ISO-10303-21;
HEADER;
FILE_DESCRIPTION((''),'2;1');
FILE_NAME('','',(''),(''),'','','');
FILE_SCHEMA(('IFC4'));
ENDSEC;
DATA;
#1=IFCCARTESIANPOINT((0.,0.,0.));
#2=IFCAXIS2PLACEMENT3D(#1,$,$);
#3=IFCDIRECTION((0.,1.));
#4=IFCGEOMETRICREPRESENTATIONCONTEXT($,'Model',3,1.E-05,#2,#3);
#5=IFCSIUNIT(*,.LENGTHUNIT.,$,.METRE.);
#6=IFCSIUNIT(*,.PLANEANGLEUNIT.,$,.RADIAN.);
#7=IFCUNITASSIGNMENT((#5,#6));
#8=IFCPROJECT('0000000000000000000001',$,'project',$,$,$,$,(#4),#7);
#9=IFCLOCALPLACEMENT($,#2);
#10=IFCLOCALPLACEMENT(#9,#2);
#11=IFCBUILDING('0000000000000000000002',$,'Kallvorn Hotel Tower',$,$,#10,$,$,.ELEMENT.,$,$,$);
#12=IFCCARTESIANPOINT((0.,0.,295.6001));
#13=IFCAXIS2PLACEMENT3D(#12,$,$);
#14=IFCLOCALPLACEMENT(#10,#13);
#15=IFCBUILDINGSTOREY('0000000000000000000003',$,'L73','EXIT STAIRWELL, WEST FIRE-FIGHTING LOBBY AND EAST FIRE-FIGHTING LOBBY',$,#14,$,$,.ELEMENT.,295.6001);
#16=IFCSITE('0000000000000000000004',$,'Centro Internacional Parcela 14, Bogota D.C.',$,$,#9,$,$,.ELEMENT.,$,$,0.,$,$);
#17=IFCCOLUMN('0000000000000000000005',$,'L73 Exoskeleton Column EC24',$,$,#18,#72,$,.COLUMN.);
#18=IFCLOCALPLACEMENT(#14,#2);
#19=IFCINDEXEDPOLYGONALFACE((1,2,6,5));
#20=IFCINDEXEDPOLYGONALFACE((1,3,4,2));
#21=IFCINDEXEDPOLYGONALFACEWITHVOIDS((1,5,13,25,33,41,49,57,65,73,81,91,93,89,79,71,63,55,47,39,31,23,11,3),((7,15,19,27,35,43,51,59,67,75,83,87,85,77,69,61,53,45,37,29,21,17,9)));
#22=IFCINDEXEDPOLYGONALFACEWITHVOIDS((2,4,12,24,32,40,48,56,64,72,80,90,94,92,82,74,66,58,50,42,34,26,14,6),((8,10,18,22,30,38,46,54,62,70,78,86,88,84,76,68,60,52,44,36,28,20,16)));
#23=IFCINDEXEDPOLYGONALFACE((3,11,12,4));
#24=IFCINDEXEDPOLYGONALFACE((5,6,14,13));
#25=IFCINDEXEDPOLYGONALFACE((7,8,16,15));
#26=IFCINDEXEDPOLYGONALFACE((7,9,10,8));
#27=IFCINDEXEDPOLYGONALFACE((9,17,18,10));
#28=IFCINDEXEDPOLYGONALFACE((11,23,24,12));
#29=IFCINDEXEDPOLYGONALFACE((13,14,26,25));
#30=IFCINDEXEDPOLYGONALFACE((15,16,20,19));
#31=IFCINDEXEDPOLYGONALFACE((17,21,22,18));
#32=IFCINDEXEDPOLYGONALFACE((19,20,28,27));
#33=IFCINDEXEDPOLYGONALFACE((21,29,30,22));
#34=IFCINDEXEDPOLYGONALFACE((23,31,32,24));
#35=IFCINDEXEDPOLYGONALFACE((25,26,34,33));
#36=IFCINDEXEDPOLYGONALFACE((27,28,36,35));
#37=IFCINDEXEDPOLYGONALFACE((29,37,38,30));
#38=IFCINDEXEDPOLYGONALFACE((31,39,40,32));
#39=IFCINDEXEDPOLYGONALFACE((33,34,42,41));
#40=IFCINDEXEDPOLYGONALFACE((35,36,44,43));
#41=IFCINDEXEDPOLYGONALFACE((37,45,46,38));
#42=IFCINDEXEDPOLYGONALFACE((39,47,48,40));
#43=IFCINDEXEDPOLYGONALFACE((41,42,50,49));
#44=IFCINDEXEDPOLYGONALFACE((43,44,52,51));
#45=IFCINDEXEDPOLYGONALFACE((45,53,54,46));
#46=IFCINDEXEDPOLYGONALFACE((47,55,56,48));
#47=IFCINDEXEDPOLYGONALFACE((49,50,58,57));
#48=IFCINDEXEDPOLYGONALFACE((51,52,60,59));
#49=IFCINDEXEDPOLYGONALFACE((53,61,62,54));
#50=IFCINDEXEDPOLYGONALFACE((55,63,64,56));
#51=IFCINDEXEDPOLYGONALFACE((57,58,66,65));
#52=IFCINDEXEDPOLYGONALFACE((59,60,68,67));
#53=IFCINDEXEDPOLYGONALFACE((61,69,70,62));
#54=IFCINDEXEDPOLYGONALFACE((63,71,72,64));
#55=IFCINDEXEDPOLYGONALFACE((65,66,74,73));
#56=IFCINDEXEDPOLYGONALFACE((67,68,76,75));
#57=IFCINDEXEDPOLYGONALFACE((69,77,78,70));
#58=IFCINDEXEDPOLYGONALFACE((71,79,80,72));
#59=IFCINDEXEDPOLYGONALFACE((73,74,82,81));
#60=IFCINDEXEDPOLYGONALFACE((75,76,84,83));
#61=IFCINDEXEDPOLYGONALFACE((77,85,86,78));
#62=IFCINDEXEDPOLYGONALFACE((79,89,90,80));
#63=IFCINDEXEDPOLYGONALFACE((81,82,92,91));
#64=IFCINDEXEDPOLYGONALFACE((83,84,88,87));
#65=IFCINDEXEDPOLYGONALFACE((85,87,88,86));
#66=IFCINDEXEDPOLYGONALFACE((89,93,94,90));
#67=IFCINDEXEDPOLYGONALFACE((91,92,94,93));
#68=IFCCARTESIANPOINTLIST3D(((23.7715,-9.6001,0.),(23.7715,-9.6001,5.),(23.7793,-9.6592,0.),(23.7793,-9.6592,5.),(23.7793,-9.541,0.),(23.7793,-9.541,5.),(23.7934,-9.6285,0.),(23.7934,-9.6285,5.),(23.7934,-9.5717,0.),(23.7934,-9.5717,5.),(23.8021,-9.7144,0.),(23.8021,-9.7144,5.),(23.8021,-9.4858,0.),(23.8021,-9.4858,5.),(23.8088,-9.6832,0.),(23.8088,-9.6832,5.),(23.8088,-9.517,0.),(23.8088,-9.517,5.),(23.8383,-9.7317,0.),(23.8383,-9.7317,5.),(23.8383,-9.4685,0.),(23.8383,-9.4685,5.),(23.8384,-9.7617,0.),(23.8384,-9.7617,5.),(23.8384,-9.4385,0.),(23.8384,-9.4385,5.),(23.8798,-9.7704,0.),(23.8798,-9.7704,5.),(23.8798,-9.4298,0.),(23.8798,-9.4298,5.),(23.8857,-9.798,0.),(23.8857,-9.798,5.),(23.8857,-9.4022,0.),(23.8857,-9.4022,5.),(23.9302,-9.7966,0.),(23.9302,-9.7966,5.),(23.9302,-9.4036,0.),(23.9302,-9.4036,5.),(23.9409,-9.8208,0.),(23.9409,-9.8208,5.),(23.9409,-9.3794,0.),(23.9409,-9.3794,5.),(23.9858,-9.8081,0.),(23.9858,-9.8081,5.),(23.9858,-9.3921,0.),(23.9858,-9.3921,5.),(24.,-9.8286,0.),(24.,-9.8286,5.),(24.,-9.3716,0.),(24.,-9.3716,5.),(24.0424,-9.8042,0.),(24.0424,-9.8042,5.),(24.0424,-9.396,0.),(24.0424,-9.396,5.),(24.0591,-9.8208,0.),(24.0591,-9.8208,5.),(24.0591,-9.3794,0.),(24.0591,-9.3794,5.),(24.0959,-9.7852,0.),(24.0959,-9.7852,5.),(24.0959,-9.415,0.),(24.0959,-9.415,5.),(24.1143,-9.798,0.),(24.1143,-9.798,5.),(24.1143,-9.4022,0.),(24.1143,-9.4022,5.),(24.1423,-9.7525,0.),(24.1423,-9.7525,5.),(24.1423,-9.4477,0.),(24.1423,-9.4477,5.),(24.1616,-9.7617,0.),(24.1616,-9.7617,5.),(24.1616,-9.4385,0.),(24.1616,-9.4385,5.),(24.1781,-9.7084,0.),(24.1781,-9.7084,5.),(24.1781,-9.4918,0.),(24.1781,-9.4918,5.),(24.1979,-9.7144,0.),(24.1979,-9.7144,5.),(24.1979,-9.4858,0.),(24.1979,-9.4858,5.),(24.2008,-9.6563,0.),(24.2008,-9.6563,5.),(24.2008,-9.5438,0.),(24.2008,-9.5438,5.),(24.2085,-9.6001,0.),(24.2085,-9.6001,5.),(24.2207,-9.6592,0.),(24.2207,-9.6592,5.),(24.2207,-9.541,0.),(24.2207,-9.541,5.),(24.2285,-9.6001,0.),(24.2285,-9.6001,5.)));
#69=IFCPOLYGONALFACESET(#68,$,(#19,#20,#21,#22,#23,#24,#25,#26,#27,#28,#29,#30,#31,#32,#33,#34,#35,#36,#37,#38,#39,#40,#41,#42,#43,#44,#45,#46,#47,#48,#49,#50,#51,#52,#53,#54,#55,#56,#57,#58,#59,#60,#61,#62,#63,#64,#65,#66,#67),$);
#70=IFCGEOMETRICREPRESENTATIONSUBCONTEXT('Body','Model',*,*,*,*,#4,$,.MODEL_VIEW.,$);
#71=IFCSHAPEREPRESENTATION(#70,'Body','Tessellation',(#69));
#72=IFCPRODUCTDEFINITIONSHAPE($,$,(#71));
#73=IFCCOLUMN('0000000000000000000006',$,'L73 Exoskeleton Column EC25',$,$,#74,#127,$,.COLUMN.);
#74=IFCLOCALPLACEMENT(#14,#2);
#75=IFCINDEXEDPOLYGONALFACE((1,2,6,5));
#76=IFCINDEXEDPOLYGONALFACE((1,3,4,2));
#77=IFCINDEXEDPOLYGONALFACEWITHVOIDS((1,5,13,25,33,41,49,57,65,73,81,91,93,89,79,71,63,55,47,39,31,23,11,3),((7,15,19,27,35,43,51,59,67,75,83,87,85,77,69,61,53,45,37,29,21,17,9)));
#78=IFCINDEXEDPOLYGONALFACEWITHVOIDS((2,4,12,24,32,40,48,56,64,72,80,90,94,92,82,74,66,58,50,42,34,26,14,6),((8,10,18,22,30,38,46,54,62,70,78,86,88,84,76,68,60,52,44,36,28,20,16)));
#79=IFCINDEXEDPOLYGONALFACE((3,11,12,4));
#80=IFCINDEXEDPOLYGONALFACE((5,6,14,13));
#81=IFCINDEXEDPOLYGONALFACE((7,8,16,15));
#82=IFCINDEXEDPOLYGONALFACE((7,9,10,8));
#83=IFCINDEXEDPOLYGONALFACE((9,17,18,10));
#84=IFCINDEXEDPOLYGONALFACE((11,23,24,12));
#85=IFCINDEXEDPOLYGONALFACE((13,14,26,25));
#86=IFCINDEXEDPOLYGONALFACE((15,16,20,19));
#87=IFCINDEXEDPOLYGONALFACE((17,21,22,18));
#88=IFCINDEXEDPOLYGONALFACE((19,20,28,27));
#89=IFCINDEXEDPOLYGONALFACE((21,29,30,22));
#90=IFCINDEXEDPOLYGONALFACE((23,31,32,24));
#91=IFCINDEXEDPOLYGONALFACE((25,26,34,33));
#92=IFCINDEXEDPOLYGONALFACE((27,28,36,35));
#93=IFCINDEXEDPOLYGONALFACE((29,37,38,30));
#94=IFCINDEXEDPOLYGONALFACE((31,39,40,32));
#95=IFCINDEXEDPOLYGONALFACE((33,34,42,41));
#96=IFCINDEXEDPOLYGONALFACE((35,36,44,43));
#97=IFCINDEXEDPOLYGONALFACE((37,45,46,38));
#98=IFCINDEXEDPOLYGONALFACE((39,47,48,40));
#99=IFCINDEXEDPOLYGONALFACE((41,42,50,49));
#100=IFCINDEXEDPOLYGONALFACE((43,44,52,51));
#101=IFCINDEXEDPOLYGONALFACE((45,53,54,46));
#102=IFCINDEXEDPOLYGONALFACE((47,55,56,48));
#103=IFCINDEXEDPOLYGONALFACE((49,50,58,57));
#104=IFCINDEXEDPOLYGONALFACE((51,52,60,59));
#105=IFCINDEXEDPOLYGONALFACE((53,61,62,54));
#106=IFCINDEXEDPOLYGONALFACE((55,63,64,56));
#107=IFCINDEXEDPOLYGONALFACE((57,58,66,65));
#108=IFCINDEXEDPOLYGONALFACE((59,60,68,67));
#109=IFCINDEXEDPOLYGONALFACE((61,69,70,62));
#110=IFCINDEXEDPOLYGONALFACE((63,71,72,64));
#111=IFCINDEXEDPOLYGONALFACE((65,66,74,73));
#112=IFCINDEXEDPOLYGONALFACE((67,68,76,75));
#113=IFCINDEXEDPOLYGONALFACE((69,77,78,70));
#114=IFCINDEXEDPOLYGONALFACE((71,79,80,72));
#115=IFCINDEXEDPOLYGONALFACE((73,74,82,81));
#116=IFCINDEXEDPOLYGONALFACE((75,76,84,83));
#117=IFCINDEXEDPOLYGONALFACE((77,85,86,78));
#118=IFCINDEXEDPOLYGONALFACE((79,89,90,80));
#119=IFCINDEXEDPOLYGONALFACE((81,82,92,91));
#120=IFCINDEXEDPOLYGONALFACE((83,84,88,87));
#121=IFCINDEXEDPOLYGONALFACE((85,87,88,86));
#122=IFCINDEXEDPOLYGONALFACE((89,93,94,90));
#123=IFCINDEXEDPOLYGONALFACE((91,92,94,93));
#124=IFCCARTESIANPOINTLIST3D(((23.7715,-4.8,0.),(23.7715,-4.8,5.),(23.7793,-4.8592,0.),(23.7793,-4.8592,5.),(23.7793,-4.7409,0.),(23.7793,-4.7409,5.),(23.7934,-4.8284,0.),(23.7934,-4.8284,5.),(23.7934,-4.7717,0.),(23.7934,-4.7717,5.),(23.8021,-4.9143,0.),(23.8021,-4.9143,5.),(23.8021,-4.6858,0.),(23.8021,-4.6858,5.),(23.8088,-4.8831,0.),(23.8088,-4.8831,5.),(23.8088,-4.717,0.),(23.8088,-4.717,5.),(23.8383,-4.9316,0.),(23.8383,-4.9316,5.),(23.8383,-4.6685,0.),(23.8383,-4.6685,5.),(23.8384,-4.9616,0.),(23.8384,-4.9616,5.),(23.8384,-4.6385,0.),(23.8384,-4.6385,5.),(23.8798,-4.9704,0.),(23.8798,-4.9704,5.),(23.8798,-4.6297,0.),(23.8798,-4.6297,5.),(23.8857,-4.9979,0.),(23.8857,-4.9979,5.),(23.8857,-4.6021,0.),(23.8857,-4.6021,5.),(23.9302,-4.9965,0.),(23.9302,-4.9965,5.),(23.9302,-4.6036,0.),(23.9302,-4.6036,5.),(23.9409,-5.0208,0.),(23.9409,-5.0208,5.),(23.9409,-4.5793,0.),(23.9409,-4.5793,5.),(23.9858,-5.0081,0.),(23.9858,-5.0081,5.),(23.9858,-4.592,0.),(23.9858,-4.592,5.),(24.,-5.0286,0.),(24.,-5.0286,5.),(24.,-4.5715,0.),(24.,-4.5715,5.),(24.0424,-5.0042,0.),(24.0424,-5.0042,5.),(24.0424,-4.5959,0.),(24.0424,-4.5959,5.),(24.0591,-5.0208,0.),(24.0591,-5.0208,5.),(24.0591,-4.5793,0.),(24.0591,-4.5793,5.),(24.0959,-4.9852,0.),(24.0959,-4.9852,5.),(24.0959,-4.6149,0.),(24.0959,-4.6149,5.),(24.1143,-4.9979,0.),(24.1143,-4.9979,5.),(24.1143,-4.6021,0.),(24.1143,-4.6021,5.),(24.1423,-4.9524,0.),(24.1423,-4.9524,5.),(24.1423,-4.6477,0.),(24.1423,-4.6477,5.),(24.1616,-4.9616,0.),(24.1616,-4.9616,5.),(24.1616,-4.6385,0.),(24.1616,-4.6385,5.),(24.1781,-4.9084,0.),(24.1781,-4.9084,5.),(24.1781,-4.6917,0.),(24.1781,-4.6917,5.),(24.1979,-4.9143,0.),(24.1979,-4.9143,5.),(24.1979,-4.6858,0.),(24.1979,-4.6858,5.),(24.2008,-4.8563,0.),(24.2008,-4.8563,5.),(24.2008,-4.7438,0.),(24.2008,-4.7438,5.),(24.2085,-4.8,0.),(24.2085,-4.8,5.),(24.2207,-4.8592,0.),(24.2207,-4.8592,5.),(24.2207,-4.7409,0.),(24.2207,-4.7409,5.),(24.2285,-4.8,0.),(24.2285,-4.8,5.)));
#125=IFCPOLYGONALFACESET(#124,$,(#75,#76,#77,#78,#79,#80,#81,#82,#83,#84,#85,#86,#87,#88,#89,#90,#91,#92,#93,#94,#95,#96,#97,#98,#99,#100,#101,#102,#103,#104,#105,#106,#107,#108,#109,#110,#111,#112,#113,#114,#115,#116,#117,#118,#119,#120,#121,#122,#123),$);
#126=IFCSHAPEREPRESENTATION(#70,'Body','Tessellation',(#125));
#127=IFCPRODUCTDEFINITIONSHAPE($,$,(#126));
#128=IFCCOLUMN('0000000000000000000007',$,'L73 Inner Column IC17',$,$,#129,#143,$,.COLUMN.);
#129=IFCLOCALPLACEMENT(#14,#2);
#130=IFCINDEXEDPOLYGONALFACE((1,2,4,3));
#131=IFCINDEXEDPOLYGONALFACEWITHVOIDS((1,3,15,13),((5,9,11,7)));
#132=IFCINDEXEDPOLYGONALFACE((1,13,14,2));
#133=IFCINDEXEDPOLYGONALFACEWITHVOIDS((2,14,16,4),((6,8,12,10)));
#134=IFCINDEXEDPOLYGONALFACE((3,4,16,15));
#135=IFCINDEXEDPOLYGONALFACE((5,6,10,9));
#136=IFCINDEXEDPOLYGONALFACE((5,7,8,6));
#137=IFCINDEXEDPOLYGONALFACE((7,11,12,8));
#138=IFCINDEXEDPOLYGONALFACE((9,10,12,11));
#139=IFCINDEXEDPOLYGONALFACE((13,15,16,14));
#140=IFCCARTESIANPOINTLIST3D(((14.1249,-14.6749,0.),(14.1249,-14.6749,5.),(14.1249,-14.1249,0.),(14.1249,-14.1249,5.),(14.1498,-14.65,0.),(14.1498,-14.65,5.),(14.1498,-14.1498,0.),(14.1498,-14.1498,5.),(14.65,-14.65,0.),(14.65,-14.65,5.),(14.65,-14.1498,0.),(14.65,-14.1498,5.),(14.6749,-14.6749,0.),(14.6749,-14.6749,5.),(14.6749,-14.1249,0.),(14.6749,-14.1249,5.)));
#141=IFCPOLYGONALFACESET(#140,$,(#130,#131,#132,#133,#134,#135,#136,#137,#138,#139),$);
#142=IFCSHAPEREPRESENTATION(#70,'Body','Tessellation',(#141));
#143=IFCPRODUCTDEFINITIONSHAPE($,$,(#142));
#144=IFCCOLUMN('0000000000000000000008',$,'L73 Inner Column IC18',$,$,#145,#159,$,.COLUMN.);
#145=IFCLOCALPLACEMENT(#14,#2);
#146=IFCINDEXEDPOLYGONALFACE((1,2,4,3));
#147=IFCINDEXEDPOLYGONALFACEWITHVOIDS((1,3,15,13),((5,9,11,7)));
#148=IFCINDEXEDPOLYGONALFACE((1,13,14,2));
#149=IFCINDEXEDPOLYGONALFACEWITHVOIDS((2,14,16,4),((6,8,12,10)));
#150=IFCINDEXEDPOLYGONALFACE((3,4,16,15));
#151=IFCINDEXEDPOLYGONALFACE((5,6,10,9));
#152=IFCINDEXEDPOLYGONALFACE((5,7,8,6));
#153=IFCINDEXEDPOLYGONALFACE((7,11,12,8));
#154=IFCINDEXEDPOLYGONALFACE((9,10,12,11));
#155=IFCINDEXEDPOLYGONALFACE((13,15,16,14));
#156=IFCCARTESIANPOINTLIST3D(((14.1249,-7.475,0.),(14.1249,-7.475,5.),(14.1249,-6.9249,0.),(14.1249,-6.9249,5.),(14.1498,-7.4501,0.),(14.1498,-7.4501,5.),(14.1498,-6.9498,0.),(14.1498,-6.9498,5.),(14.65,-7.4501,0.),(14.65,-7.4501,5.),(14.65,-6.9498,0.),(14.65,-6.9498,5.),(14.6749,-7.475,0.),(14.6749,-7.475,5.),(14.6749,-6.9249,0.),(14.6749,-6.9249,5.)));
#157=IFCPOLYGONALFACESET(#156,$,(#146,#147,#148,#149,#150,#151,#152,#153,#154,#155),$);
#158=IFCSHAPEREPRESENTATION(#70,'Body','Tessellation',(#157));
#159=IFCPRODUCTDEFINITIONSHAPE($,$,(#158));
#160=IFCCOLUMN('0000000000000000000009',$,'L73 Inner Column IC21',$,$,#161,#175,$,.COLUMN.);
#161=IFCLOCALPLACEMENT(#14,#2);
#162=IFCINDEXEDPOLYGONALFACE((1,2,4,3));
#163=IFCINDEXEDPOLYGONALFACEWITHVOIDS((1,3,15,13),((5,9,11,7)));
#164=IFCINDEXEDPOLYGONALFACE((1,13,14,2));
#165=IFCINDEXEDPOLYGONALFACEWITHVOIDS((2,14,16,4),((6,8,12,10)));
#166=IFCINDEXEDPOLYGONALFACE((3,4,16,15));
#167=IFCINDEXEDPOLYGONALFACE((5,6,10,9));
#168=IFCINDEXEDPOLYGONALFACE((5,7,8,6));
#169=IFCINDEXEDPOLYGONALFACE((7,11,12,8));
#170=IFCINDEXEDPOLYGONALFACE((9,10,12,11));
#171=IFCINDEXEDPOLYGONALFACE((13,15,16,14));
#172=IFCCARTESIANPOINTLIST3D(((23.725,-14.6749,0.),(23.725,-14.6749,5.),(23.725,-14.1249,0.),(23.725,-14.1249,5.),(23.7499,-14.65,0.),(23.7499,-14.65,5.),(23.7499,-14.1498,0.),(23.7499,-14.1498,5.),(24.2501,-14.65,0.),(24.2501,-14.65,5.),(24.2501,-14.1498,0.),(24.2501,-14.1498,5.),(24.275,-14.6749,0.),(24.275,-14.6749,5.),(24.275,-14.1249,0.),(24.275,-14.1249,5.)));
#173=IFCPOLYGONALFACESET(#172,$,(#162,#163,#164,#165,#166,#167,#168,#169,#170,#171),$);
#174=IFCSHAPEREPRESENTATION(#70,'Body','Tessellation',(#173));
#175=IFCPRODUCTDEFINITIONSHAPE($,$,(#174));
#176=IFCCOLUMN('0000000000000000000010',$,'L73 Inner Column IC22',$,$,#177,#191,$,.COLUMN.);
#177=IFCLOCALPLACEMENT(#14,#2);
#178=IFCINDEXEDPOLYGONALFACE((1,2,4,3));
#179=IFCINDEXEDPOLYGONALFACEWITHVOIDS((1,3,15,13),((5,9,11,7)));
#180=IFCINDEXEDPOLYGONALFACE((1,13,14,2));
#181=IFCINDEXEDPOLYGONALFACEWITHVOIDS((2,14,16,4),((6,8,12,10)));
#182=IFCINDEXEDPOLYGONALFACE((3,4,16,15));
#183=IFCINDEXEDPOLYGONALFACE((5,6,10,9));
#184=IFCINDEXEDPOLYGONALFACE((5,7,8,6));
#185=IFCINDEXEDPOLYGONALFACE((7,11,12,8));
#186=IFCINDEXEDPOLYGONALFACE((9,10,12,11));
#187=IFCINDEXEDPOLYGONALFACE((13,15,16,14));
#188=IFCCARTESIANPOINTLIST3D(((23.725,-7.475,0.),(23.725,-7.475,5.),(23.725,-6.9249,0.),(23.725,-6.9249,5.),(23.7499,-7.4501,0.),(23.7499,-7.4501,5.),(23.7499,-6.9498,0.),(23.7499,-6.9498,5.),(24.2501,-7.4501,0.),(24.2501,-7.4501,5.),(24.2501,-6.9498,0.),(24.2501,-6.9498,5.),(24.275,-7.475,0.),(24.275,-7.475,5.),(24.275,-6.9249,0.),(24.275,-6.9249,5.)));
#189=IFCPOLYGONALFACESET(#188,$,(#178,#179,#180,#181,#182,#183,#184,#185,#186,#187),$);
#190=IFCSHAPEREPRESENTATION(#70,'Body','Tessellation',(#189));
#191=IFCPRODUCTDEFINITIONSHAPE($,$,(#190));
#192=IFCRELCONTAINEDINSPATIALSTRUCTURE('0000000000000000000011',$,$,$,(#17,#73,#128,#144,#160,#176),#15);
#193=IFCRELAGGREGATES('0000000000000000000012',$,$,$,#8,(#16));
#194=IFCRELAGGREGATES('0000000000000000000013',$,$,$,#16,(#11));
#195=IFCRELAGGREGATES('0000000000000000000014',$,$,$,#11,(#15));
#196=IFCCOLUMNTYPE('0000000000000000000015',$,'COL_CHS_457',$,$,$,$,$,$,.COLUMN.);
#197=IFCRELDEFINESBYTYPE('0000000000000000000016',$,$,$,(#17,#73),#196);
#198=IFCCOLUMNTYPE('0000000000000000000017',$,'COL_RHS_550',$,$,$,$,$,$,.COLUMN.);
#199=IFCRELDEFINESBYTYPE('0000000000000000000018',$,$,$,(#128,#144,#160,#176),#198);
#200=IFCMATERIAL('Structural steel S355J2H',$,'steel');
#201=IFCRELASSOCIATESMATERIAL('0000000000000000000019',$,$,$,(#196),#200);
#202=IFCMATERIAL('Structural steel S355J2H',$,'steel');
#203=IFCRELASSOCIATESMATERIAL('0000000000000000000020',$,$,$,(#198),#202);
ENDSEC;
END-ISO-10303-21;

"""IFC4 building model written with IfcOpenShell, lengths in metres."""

from ifc_helpers import new_model, si_unit, direction, frame, origin, origin_2d, place, context, subcontext, project, spatial, hollow_rectangle, hollow_circle, extrude, material, material_profile, profile_set, type_object, element, save


model = new_model("IFC4")

# Units and contexts
model_context = context("Model", 3, precision=1e-05, world=origin(), true_north=direction((0.0, 1.0)))
body_context = subcontext(model_context, "Body", "Model", "MODEL_VIEW")
ifc_project = project(units=[si_unit("LENGTHUNIT", "METRE"), si_unit("PLANEANGLEUNIT", "RADIAN")], contexts=[model_context])

# Site, building, storey
site_placement = place(None, origin())
site = spatial("IfcSite", under=ifc_project, at=site_placement, Name="Centro Internacional Parcela 14, Bogota D.C.", CompositionType="ELEMENT", RefElevation=0.0)
building_placement = place(site_placement, origin())
building = spatial("IfcBuilding", under=site, at=building_placement, Name="Kallvorn Hotel Tower", CompositionType="ELEMENT")
storey_placement = place(building_placement, frame((0.0, 0.0, 295.6001)))
storey = spatial("IfcBuildingStorey", under=building, at=storey_placement, Name="L73", Description="EXIT STAIRWELL, WEST FIRE-FIGHTING LOBBY AND EAST FIRE-FIGHTING LOBBY", CompositionType="ELEMENT", Elevation=295.6001)

# Columns
ifc_material_1 = material(Name="Structural steel S355J2H", Category="steel")
ifc_material_profile_1 = material_profile(ifc_material_1, hollow_circle(Radius=0.2285, WallThickness=0.02, at=origin_2d()), Name="CHS 457x20")
ifc_profile_set_1 = profile_set([ifc_material_profile_1], Name="Structural steel S355J2H")
column_type_1 = type_object("IfcColumnType", Name="COL_CHS_457", PredefinedType="COLUMN", material=ifc_profile_set_1)
for number, where, z_axis, x_axis, name in (
    (1, (24.0, -9.6001, 0.0), (0.0, 0.0, 1.0), (1.0, 0.0, 0.0), "L73 Exoskeleton Column EC24"),
    (2, (24.0, -4.8, 0.0), (0.0, 0.0, 1.0), (1.0, 0.0, 0.0), "L73 Exoskeleton Column EC25"),
):
    element("IfcColumn", number, at=place(storey_placement, frame(where, z_axis=z_axis, x_axis=x_axis)), inside=storey, type_object=column_type_1, Name=name, PredefinedType="COLUMN", context=body_context, shape_type="SweptSolid", body=[
        extrude(hollow_circle(Radius=0.2285, WallThickness=0.02, at=origin_2d()), origin(), (0.0, 0.0, 1.0), 5.0),
    ])
ifc_material_2 = material(Name="Structural steel S355J2H", Category="steel")
ifc_material_profile_2 = material_profile(ifc_material_2, hollow_rectangle(XDim=0.55, YDim=0.55, WallThickness=0.0249, at=origin_2d()), Name="RHS 550x550x25")
ifc_profile_set_2 = profile_set([ifc_material_profile_2], Name="Structural steel S355J2H")
column_type_2 = type_object("IfcColumnType", Name="COL_RHS_550", PredefinedType="COLUMN", material=ifc_profile_set_2)
for number, where, z_axis, x_axis, name in (
    (3, (14.3999, -14.3999, 0.0), (0.0, 0.0, 1.0), (1.0, 0.0, 0.0), "L73 Inner Column IC17"),
    (4, (14.3999, -7.2, 0.0), (0.0, 0.0, 1.0), (1.0, 0.0, 0.0), "L73 Inner Column IC18"),
    (5, (24.0, -14.3999, 0.0), (0.0, 0.0, 1.0), (1.0, 0.0, 0.0), "L73 Inner Column IC21"),
    (6, (24.0, -7.2, 0.0), (0.0, 0.0, 1.0), (1.0, 0.0, 0.0), "L73 Inner Column IC22"),
):
    element("IfcColumn", number, at=place(storey_placement, frame(where, z_axis=z_axis, x_axis=x_axis)), inside=storey, type_object=column_type_2, Name=name, PredefinedType="COLUMN", context=body_context, shape_type="SweptSolid", body=[
        extrude(hollow_rectangle(XDim=0.55, YDim=0.55, WallThickness=0.0249, at=origin_2d()), origin(), (0.0, 0.0, 1.0), 5.0),
    ])

save(model, "model.ifc")
